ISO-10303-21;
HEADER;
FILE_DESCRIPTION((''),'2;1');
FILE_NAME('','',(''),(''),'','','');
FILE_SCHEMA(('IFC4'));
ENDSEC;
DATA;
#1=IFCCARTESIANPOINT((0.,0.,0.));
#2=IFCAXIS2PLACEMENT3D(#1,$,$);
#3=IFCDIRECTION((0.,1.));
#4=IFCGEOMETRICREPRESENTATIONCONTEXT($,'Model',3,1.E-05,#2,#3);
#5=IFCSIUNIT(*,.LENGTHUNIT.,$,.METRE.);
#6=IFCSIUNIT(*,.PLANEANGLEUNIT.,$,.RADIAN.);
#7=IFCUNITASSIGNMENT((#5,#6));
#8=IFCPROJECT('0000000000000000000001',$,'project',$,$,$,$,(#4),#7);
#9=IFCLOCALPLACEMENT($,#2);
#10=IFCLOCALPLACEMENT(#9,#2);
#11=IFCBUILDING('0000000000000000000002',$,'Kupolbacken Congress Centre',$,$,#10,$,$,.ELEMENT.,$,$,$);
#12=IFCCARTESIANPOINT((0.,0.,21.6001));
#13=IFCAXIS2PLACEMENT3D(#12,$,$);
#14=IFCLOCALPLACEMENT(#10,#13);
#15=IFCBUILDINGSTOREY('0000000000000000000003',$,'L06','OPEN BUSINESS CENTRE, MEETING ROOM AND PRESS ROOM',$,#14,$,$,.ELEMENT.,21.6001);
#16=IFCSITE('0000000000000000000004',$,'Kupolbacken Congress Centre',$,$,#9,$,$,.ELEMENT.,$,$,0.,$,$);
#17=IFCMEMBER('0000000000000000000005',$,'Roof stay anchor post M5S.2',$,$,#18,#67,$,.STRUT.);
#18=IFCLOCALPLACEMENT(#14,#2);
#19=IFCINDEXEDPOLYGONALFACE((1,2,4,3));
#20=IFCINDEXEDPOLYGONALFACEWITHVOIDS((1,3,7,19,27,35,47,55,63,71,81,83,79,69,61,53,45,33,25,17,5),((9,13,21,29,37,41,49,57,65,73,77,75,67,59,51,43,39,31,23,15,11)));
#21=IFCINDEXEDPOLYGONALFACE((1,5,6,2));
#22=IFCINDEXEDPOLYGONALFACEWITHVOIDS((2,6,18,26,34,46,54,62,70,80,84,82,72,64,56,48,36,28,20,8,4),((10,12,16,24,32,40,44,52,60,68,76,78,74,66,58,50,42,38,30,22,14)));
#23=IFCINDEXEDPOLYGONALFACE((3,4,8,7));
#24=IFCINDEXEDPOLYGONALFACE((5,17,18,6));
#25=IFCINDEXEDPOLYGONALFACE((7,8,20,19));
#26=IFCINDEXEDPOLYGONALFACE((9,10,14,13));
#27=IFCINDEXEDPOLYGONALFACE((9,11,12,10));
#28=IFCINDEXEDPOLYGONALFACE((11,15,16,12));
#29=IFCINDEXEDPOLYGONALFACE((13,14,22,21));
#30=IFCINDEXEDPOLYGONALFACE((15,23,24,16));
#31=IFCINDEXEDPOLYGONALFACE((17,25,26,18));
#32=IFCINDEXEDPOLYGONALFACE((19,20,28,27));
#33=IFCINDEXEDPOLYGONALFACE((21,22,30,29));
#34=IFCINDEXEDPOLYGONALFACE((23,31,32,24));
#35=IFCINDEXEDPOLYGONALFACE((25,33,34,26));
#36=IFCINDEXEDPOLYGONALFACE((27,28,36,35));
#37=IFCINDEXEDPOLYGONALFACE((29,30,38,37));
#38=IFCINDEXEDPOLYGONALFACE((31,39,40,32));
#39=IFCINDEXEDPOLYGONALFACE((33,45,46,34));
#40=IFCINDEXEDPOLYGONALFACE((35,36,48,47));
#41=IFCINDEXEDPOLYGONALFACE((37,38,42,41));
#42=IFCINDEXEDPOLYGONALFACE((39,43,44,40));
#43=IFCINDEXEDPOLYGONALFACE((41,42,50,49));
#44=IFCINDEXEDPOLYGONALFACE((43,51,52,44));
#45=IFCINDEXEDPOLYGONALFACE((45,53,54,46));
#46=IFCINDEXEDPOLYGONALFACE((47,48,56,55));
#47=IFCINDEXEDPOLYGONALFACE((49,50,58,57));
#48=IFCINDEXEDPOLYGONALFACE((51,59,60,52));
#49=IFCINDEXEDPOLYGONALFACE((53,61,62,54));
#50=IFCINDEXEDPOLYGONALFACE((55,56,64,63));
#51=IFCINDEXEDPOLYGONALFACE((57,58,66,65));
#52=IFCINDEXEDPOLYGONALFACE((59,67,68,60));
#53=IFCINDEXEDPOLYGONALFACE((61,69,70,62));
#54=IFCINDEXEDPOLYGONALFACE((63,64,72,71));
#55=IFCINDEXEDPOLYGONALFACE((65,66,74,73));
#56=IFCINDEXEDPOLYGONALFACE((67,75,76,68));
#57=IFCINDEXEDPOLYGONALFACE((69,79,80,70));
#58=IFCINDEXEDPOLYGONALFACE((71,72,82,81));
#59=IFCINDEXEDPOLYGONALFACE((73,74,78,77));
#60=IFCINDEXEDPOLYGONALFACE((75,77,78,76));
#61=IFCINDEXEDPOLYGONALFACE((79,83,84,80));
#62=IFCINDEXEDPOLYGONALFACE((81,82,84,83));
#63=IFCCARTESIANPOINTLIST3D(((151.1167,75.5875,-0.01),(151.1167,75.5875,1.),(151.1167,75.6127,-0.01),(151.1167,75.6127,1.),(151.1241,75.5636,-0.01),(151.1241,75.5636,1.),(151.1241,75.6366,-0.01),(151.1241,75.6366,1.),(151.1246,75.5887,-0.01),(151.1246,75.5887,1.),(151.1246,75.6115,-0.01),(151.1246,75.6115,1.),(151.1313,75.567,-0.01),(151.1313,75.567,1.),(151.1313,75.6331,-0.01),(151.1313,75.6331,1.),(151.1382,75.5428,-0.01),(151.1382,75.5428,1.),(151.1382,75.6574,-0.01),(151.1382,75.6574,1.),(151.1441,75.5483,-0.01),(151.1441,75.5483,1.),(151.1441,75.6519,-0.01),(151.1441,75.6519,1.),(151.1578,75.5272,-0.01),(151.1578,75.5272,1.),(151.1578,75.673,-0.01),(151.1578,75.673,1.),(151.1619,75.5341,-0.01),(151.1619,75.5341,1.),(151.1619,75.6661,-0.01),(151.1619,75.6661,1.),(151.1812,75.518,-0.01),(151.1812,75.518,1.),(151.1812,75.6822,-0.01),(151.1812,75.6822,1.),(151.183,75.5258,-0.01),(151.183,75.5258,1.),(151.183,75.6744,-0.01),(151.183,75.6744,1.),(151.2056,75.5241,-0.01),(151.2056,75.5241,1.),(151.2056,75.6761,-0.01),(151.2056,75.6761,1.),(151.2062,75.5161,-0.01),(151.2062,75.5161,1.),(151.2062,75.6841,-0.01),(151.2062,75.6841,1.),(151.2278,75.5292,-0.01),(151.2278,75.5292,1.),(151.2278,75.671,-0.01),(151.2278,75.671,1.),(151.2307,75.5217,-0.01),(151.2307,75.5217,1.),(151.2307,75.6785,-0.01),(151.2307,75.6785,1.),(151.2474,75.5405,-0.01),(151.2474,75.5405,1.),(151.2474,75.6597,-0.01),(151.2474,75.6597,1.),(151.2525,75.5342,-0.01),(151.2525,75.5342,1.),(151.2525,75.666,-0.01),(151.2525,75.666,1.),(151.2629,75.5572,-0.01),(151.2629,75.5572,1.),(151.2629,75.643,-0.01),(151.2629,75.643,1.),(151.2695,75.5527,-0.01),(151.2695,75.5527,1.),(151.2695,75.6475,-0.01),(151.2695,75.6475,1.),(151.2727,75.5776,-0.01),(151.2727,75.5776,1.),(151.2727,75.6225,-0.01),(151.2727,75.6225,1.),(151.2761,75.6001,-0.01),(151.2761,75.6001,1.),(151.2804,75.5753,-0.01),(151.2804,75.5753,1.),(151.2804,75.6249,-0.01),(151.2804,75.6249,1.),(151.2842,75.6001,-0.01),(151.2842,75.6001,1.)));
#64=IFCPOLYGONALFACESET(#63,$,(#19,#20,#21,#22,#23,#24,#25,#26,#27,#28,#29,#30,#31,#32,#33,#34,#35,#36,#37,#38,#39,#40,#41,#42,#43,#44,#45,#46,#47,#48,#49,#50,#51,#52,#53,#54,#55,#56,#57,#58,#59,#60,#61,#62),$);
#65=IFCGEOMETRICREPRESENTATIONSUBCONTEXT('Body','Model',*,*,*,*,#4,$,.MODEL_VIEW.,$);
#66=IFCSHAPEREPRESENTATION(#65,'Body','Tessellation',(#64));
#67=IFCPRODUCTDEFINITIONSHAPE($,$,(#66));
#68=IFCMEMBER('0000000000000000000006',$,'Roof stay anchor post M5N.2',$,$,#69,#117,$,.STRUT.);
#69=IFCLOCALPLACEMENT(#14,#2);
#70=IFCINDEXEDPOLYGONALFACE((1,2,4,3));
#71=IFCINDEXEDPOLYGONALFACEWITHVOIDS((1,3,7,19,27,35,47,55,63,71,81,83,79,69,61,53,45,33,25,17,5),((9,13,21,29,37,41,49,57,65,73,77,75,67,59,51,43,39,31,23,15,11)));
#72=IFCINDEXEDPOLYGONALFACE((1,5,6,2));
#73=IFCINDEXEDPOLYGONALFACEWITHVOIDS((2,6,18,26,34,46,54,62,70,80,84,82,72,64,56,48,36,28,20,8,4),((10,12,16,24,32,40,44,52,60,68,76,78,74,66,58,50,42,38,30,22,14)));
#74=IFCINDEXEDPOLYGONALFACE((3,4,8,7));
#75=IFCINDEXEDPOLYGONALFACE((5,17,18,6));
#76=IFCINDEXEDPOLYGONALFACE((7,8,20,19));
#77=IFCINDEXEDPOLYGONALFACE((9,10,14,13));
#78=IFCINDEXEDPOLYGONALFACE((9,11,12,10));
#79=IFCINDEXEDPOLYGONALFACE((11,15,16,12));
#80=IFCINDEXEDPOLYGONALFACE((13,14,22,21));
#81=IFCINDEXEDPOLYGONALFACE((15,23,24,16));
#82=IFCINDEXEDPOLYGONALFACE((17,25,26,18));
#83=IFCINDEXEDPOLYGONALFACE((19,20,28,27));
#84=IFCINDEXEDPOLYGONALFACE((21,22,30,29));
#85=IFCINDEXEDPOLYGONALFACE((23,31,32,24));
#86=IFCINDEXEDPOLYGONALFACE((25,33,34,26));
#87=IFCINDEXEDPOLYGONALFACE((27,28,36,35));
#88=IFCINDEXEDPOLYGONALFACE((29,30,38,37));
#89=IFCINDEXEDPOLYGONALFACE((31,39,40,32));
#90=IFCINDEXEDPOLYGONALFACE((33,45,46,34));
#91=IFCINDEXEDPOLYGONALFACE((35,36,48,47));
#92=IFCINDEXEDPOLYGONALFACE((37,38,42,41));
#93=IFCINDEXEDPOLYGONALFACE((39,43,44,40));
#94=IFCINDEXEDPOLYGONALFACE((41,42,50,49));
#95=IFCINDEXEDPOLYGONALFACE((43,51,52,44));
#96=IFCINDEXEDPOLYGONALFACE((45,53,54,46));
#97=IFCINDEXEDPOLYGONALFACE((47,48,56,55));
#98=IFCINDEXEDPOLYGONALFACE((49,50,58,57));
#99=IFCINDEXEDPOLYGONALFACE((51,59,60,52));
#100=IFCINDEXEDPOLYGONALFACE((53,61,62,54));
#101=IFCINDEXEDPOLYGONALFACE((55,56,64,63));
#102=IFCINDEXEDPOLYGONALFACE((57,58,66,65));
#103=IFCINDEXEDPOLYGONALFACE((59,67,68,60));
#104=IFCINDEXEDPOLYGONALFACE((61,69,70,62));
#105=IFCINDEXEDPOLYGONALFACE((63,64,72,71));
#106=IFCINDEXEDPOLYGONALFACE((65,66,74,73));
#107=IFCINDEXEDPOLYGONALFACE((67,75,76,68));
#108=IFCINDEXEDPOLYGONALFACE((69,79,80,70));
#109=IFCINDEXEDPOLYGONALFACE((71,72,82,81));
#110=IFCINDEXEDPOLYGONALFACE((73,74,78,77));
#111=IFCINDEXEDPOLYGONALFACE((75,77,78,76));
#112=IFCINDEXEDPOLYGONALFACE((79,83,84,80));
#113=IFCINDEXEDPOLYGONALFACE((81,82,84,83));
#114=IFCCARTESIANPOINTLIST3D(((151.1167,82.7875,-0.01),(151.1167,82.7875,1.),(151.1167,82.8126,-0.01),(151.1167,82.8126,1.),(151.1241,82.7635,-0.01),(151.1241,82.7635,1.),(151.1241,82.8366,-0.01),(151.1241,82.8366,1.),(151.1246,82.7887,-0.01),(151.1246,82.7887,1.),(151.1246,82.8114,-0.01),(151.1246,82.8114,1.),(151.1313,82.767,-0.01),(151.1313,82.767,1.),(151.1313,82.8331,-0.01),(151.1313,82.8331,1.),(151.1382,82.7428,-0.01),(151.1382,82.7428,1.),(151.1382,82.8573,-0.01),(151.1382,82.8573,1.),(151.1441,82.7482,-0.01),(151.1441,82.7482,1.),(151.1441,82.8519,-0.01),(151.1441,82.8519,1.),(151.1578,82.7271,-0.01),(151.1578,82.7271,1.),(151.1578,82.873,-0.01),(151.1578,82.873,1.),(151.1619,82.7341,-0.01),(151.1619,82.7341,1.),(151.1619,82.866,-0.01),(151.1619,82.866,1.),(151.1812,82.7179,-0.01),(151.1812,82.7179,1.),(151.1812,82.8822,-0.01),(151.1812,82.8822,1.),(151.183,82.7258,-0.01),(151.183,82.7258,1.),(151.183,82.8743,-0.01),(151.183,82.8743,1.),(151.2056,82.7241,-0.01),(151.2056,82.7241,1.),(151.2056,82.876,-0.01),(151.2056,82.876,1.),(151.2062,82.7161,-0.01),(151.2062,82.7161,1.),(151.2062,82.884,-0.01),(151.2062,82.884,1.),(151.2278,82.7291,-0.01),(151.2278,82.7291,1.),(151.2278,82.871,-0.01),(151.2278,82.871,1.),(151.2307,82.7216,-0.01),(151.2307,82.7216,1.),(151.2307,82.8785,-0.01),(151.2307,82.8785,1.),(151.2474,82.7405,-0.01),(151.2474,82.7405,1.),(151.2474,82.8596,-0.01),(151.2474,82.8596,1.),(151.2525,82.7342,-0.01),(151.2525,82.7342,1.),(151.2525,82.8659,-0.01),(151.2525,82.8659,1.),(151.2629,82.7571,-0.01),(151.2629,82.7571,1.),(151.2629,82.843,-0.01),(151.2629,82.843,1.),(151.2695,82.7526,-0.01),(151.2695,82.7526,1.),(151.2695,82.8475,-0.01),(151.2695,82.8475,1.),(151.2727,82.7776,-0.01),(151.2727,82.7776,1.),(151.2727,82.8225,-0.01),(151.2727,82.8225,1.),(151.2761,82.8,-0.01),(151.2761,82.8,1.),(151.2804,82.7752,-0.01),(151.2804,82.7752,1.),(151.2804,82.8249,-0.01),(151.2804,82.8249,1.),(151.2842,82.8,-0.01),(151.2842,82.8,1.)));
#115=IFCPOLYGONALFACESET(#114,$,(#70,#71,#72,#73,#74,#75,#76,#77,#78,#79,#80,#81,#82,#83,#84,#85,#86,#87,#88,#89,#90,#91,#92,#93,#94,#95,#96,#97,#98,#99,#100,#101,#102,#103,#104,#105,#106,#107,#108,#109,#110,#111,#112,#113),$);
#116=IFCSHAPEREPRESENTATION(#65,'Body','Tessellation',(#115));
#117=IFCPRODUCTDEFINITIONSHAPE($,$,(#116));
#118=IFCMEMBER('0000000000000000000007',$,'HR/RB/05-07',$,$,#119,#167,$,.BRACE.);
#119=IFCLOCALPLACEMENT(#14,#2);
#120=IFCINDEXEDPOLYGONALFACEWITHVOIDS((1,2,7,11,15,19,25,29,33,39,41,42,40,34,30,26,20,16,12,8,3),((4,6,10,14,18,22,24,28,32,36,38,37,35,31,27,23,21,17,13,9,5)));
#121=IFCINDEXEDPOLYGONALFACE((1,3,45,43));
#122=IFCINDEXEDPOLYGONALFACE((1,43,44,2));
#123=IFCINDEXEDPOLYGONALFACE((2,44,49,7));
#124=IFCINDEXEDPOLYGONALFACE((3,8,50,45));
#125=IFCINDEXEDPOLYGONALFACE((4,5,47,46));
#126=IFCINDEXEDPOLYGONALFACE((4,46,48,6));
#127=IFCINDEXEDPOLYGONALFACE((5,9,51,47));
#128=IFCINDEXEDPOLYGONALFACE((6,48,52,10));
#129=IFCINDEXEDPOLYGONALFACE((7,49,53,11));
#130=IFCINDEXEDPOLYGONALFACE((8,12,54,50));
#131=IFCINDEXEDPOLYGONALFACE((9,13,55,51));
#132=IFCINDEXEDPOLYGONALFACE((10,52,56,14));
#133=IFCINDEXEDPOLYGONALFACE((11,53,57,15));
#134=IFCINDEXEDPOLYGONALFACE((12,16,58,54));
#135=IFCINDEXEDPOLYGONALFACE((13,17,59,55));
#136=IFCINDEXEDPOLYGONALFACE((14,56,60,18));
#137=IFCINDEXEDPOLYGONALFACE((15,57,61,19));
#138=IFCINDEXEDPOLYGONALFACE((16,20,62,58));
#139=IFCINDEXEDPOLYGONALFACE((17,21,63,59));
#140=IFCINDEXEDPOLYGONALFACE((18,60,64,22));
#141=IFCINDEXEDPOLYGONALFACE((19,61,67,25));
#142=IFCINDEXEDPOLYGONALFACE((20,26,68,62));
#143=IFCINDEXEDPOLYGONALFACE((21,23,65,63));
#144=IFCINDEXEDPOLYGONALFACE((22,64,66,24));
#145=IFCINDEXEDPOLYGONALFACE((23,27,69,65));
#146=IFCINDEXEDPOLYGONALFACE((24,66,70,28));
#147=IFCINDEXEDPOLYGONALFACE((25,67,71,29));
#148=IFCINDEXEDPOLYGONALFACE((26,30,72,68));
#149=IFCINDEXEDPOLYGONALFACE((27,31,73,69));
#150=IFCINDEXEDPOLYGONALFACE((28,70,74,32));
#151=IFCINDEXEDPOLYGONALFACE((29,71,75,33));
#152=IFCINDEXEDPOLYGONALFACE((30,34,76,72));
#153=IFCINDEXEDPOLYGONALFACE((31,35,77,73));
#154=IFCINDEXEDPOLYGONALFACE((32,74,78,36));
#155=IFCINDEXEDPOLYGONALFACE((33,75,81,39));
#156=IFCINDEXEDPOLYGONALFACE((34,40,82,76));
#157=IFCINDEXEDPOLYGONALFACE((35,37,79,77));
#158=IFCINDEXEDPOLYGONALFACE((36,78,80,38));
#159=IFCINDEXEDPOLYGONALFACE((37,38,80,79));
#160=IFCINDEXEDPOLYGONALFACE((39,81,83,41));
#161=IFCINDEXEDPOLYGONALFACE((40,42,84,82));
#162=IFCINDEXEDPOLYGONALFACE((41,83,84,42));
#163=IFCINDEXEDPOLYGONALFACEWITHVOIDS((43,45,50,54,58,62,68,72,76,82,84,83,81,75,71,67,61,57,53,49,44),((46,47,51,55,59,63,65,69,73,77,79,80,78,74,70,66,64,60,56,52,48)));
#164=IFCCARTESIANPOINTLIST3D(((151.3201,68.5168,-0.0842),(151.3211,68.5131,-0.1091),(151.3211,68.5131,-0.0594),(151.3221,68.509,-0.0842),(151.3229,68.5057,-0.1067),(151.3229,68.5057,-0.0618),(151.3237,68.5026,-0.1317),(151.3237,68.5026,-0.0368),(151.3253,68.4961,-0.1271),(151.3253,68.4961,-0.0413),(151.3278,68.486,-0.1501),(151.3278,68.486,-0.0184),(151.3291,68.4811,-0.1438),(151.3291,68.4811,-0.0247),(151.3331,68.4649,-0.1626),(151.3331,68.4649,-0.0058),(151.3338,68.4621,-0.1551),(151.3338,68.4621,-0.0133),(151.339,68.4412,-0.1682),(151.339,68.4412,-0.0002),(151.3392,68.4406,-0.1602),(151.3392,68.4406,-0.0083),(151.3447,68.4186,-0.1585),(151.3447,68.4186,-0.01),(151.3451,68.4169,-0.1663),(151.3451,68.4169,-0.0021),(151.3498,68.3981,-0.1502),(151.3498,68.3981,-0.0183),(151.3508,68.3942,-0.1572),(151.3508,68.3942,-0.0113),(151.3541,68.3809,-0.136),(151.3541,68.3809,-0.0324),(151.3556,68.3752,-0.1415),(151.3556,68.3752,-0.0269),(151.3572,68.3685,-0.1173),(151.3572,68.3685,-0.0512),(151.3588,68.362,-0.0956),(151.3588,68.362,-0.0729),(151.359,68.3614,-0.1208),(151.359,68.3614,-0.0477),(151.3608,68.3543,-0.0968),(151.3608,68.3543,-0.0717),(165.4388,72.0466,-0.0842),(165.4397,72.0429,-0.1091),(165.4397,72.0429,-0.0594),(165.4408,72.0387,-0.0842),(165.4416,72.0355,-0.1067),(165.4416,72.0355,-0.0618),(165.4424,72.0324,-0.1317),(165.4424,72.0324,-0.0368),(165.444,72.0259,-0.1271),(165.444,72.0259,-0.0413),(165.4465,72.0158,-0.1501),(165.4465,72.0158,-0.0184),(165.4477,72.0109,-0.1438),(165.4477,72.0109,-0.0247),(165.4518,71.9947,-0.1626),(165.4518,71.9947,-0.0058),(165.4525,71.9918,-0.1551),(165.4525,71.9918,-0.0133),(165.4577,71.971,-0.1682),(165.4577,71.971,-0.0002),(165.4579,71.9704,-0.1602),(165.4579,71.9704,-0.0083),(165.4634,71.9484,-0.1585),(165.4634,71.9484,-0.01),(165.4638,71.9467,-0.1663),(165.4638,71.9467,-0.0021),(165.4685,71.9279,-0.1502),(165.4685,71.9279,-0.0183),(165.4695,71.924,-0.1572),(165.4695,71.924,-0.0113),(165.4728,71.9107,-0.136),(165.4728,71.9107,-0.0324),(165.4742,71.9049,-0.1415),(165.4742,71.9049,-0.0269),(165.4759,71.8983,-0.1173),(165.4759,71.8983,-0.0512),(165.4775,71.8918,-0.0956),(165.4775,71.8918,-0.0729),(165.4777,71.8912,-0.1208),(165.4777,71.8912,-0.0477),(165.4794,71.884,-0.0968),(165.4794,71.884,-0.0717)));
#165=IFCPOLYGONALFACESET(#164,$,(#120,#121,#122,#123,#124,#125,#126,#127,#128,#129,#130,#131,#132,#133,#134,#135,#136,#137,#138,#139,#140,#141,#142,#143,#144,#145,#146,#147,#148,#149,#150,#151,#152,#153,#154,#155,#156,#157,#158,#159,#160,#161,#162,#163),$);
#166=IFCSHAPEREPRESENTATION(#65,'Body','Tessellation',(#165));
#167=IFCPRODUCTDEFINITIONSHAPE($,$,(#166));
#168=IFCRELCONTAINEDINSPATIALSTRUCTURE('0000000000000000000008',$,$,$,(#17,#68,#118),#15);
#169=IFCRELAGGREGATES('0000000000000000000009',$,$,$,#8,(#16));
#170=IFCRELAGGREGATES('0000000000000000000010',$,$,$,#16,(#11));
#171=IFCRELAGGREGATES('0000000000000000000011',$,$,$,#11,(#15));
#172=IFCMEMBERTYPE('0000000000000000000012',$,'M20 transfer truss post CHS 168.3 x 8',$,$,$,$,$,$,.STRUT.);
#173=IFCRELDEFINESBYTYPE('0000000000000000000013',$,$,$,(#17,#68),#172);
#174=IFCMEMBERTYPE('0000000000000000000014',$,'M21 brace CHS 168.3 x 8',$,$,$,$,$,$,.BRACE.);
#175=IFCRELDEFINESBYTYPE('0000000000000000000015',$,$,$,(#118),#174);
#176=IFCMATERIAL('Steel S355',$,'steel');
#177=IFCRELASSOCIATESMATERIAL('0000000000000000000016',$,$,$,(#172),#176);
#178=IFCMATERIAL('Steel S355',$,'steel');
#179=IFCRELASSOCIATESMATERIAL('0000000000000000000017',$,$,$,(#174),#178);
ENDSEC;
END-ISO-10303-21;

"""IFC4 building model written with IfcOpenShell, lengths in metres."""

from ifc_helpers import new_model, si_unit, direction, frame, origin, origin_2d, place, context, subcontext, project, spatial, hollow_circle, extrude, material, material_profile, profile_set, type_object, element, save


model = new_model("IFC4")

# Units and contexts
model_context = context("Model", 3, precision=1e-05, world=origin(), true_north=direction((0.0, 1.0)))
body_context = subcontext(model_context, "Body", "Model", "MODEL_VIEW")
ifc_project = project(units=[si_unit("LENGTHUNIT", "METRE"), si_unit("PLANEANGLEUNIT", "RADIAN")], contexts=[model_context])

# Site, building, storey
site_placement = place(None, origin())
site = spatial("IfcSite", under=ifc_project, at=site_placement, Name="Kupolbacken Congress Centre", CompositionType="ELEMENT", RefElevation=0.0)
building_placement = place(site_placement, origin())
building = spatial("IfcBuilding", under=site, at=building_placement, Name="Kupolbacken Congress Centre", CompositionType="ELEMENT")
storey_placement = place(building_placement, frame((0.0, 0.0, 21.6001)))
storey = spatial("IfcBuildingStorey", under=building, at=storey_placement, Name="L06", Description="OPEN BUSINESS CENTRE, MEETING ROOM AND PRESS ROOM", CompositionType="ELEMENT", Elevation=21.6001)

# Members
ifc_material_1 = material(Name="Steel S355", Category="steel")
ifc_material_profile_1 = material_profile(ifc_material_1, hollow_circle(Radius=0.0842, WallThickness=0.0081, at=origin_2d()), Name="CHS 168.3 x 8")
ifc_profile_set_1 = profile_set([ifc_material_profile_1], Name="Steel S355")
member_type_1 = type_object("IfcMemberType", Name="M20 transfer truss post CHS 168.3 x 8", PredefinedType="STRUT", material=ifc_profile_set_1)
for number, where, z_axis, x_axis, name in (
    (1, (151.2, 75.6001, -0.01), (0.0, 0.0, 1.0), (1.0, 0.0, 0.0), "Roof stay anchor post M5S.2"),
    (2, (151.2, 82.8, -0.01), (0.0, 0.0, 1.0), (1.0, 0.0, 0.0), "Roof stay anchor post M5N.2"),
):
    element("IfcMember", number, at=place(storey_placement, frame(where, z_axis=z_axis, x_axis=x_axis)), inside=storey, type_object=member_type_1, Name=name, PredefinedType="STRUT", context=body_context, shape_type="SweptSolid", body=[
        extrude(hollow_circle(Radius=0.0842, WallThickness=0.0081, at=origin_2d()), origin(), (0.0, 0.0, 1.0), 1.01),
    ])
ifc_material_2 = material(Name="Steel S355", Category="steel")
ifc_material_profile_2 = material_profile(ifc_material_2, hollow_circle(Radius=0.0842, WallThickness=0.0081, at=origin_2d()), Name="CHS 168.3 x 8")
ifc_profile_set_2 = profile_set([ifc_material_profile_2], Name="Steel S355")
member_type_2 = type_object("IfcMemberType", Name="M21 brace CHS 168.3 x 8", PredefinedType="BRACE", material=ifc_profile_set_2)
member_placement = place(storey_placement, frame((151.3406, 68.4351, -0.0842), z_axis=(0.970141, 0.242544, 0.0), x_axis=(-0.242544, 0.970141, 0.0)))
element("IfcMember", 3, at=member_placement, inside=storey, type_object=member_type_2, Name="HR/RB/05-07", PredefinedType="BRACE", context=body_context, shape_type="SweptSolid", body=[
    extrude(hollow_circle(Radius=0.0842, WallThickness=0.0081, at=origin_2d()), origin(), (0.0, 0.0, 1.0), 14.5532),
])

save(model, "model.ifc")
